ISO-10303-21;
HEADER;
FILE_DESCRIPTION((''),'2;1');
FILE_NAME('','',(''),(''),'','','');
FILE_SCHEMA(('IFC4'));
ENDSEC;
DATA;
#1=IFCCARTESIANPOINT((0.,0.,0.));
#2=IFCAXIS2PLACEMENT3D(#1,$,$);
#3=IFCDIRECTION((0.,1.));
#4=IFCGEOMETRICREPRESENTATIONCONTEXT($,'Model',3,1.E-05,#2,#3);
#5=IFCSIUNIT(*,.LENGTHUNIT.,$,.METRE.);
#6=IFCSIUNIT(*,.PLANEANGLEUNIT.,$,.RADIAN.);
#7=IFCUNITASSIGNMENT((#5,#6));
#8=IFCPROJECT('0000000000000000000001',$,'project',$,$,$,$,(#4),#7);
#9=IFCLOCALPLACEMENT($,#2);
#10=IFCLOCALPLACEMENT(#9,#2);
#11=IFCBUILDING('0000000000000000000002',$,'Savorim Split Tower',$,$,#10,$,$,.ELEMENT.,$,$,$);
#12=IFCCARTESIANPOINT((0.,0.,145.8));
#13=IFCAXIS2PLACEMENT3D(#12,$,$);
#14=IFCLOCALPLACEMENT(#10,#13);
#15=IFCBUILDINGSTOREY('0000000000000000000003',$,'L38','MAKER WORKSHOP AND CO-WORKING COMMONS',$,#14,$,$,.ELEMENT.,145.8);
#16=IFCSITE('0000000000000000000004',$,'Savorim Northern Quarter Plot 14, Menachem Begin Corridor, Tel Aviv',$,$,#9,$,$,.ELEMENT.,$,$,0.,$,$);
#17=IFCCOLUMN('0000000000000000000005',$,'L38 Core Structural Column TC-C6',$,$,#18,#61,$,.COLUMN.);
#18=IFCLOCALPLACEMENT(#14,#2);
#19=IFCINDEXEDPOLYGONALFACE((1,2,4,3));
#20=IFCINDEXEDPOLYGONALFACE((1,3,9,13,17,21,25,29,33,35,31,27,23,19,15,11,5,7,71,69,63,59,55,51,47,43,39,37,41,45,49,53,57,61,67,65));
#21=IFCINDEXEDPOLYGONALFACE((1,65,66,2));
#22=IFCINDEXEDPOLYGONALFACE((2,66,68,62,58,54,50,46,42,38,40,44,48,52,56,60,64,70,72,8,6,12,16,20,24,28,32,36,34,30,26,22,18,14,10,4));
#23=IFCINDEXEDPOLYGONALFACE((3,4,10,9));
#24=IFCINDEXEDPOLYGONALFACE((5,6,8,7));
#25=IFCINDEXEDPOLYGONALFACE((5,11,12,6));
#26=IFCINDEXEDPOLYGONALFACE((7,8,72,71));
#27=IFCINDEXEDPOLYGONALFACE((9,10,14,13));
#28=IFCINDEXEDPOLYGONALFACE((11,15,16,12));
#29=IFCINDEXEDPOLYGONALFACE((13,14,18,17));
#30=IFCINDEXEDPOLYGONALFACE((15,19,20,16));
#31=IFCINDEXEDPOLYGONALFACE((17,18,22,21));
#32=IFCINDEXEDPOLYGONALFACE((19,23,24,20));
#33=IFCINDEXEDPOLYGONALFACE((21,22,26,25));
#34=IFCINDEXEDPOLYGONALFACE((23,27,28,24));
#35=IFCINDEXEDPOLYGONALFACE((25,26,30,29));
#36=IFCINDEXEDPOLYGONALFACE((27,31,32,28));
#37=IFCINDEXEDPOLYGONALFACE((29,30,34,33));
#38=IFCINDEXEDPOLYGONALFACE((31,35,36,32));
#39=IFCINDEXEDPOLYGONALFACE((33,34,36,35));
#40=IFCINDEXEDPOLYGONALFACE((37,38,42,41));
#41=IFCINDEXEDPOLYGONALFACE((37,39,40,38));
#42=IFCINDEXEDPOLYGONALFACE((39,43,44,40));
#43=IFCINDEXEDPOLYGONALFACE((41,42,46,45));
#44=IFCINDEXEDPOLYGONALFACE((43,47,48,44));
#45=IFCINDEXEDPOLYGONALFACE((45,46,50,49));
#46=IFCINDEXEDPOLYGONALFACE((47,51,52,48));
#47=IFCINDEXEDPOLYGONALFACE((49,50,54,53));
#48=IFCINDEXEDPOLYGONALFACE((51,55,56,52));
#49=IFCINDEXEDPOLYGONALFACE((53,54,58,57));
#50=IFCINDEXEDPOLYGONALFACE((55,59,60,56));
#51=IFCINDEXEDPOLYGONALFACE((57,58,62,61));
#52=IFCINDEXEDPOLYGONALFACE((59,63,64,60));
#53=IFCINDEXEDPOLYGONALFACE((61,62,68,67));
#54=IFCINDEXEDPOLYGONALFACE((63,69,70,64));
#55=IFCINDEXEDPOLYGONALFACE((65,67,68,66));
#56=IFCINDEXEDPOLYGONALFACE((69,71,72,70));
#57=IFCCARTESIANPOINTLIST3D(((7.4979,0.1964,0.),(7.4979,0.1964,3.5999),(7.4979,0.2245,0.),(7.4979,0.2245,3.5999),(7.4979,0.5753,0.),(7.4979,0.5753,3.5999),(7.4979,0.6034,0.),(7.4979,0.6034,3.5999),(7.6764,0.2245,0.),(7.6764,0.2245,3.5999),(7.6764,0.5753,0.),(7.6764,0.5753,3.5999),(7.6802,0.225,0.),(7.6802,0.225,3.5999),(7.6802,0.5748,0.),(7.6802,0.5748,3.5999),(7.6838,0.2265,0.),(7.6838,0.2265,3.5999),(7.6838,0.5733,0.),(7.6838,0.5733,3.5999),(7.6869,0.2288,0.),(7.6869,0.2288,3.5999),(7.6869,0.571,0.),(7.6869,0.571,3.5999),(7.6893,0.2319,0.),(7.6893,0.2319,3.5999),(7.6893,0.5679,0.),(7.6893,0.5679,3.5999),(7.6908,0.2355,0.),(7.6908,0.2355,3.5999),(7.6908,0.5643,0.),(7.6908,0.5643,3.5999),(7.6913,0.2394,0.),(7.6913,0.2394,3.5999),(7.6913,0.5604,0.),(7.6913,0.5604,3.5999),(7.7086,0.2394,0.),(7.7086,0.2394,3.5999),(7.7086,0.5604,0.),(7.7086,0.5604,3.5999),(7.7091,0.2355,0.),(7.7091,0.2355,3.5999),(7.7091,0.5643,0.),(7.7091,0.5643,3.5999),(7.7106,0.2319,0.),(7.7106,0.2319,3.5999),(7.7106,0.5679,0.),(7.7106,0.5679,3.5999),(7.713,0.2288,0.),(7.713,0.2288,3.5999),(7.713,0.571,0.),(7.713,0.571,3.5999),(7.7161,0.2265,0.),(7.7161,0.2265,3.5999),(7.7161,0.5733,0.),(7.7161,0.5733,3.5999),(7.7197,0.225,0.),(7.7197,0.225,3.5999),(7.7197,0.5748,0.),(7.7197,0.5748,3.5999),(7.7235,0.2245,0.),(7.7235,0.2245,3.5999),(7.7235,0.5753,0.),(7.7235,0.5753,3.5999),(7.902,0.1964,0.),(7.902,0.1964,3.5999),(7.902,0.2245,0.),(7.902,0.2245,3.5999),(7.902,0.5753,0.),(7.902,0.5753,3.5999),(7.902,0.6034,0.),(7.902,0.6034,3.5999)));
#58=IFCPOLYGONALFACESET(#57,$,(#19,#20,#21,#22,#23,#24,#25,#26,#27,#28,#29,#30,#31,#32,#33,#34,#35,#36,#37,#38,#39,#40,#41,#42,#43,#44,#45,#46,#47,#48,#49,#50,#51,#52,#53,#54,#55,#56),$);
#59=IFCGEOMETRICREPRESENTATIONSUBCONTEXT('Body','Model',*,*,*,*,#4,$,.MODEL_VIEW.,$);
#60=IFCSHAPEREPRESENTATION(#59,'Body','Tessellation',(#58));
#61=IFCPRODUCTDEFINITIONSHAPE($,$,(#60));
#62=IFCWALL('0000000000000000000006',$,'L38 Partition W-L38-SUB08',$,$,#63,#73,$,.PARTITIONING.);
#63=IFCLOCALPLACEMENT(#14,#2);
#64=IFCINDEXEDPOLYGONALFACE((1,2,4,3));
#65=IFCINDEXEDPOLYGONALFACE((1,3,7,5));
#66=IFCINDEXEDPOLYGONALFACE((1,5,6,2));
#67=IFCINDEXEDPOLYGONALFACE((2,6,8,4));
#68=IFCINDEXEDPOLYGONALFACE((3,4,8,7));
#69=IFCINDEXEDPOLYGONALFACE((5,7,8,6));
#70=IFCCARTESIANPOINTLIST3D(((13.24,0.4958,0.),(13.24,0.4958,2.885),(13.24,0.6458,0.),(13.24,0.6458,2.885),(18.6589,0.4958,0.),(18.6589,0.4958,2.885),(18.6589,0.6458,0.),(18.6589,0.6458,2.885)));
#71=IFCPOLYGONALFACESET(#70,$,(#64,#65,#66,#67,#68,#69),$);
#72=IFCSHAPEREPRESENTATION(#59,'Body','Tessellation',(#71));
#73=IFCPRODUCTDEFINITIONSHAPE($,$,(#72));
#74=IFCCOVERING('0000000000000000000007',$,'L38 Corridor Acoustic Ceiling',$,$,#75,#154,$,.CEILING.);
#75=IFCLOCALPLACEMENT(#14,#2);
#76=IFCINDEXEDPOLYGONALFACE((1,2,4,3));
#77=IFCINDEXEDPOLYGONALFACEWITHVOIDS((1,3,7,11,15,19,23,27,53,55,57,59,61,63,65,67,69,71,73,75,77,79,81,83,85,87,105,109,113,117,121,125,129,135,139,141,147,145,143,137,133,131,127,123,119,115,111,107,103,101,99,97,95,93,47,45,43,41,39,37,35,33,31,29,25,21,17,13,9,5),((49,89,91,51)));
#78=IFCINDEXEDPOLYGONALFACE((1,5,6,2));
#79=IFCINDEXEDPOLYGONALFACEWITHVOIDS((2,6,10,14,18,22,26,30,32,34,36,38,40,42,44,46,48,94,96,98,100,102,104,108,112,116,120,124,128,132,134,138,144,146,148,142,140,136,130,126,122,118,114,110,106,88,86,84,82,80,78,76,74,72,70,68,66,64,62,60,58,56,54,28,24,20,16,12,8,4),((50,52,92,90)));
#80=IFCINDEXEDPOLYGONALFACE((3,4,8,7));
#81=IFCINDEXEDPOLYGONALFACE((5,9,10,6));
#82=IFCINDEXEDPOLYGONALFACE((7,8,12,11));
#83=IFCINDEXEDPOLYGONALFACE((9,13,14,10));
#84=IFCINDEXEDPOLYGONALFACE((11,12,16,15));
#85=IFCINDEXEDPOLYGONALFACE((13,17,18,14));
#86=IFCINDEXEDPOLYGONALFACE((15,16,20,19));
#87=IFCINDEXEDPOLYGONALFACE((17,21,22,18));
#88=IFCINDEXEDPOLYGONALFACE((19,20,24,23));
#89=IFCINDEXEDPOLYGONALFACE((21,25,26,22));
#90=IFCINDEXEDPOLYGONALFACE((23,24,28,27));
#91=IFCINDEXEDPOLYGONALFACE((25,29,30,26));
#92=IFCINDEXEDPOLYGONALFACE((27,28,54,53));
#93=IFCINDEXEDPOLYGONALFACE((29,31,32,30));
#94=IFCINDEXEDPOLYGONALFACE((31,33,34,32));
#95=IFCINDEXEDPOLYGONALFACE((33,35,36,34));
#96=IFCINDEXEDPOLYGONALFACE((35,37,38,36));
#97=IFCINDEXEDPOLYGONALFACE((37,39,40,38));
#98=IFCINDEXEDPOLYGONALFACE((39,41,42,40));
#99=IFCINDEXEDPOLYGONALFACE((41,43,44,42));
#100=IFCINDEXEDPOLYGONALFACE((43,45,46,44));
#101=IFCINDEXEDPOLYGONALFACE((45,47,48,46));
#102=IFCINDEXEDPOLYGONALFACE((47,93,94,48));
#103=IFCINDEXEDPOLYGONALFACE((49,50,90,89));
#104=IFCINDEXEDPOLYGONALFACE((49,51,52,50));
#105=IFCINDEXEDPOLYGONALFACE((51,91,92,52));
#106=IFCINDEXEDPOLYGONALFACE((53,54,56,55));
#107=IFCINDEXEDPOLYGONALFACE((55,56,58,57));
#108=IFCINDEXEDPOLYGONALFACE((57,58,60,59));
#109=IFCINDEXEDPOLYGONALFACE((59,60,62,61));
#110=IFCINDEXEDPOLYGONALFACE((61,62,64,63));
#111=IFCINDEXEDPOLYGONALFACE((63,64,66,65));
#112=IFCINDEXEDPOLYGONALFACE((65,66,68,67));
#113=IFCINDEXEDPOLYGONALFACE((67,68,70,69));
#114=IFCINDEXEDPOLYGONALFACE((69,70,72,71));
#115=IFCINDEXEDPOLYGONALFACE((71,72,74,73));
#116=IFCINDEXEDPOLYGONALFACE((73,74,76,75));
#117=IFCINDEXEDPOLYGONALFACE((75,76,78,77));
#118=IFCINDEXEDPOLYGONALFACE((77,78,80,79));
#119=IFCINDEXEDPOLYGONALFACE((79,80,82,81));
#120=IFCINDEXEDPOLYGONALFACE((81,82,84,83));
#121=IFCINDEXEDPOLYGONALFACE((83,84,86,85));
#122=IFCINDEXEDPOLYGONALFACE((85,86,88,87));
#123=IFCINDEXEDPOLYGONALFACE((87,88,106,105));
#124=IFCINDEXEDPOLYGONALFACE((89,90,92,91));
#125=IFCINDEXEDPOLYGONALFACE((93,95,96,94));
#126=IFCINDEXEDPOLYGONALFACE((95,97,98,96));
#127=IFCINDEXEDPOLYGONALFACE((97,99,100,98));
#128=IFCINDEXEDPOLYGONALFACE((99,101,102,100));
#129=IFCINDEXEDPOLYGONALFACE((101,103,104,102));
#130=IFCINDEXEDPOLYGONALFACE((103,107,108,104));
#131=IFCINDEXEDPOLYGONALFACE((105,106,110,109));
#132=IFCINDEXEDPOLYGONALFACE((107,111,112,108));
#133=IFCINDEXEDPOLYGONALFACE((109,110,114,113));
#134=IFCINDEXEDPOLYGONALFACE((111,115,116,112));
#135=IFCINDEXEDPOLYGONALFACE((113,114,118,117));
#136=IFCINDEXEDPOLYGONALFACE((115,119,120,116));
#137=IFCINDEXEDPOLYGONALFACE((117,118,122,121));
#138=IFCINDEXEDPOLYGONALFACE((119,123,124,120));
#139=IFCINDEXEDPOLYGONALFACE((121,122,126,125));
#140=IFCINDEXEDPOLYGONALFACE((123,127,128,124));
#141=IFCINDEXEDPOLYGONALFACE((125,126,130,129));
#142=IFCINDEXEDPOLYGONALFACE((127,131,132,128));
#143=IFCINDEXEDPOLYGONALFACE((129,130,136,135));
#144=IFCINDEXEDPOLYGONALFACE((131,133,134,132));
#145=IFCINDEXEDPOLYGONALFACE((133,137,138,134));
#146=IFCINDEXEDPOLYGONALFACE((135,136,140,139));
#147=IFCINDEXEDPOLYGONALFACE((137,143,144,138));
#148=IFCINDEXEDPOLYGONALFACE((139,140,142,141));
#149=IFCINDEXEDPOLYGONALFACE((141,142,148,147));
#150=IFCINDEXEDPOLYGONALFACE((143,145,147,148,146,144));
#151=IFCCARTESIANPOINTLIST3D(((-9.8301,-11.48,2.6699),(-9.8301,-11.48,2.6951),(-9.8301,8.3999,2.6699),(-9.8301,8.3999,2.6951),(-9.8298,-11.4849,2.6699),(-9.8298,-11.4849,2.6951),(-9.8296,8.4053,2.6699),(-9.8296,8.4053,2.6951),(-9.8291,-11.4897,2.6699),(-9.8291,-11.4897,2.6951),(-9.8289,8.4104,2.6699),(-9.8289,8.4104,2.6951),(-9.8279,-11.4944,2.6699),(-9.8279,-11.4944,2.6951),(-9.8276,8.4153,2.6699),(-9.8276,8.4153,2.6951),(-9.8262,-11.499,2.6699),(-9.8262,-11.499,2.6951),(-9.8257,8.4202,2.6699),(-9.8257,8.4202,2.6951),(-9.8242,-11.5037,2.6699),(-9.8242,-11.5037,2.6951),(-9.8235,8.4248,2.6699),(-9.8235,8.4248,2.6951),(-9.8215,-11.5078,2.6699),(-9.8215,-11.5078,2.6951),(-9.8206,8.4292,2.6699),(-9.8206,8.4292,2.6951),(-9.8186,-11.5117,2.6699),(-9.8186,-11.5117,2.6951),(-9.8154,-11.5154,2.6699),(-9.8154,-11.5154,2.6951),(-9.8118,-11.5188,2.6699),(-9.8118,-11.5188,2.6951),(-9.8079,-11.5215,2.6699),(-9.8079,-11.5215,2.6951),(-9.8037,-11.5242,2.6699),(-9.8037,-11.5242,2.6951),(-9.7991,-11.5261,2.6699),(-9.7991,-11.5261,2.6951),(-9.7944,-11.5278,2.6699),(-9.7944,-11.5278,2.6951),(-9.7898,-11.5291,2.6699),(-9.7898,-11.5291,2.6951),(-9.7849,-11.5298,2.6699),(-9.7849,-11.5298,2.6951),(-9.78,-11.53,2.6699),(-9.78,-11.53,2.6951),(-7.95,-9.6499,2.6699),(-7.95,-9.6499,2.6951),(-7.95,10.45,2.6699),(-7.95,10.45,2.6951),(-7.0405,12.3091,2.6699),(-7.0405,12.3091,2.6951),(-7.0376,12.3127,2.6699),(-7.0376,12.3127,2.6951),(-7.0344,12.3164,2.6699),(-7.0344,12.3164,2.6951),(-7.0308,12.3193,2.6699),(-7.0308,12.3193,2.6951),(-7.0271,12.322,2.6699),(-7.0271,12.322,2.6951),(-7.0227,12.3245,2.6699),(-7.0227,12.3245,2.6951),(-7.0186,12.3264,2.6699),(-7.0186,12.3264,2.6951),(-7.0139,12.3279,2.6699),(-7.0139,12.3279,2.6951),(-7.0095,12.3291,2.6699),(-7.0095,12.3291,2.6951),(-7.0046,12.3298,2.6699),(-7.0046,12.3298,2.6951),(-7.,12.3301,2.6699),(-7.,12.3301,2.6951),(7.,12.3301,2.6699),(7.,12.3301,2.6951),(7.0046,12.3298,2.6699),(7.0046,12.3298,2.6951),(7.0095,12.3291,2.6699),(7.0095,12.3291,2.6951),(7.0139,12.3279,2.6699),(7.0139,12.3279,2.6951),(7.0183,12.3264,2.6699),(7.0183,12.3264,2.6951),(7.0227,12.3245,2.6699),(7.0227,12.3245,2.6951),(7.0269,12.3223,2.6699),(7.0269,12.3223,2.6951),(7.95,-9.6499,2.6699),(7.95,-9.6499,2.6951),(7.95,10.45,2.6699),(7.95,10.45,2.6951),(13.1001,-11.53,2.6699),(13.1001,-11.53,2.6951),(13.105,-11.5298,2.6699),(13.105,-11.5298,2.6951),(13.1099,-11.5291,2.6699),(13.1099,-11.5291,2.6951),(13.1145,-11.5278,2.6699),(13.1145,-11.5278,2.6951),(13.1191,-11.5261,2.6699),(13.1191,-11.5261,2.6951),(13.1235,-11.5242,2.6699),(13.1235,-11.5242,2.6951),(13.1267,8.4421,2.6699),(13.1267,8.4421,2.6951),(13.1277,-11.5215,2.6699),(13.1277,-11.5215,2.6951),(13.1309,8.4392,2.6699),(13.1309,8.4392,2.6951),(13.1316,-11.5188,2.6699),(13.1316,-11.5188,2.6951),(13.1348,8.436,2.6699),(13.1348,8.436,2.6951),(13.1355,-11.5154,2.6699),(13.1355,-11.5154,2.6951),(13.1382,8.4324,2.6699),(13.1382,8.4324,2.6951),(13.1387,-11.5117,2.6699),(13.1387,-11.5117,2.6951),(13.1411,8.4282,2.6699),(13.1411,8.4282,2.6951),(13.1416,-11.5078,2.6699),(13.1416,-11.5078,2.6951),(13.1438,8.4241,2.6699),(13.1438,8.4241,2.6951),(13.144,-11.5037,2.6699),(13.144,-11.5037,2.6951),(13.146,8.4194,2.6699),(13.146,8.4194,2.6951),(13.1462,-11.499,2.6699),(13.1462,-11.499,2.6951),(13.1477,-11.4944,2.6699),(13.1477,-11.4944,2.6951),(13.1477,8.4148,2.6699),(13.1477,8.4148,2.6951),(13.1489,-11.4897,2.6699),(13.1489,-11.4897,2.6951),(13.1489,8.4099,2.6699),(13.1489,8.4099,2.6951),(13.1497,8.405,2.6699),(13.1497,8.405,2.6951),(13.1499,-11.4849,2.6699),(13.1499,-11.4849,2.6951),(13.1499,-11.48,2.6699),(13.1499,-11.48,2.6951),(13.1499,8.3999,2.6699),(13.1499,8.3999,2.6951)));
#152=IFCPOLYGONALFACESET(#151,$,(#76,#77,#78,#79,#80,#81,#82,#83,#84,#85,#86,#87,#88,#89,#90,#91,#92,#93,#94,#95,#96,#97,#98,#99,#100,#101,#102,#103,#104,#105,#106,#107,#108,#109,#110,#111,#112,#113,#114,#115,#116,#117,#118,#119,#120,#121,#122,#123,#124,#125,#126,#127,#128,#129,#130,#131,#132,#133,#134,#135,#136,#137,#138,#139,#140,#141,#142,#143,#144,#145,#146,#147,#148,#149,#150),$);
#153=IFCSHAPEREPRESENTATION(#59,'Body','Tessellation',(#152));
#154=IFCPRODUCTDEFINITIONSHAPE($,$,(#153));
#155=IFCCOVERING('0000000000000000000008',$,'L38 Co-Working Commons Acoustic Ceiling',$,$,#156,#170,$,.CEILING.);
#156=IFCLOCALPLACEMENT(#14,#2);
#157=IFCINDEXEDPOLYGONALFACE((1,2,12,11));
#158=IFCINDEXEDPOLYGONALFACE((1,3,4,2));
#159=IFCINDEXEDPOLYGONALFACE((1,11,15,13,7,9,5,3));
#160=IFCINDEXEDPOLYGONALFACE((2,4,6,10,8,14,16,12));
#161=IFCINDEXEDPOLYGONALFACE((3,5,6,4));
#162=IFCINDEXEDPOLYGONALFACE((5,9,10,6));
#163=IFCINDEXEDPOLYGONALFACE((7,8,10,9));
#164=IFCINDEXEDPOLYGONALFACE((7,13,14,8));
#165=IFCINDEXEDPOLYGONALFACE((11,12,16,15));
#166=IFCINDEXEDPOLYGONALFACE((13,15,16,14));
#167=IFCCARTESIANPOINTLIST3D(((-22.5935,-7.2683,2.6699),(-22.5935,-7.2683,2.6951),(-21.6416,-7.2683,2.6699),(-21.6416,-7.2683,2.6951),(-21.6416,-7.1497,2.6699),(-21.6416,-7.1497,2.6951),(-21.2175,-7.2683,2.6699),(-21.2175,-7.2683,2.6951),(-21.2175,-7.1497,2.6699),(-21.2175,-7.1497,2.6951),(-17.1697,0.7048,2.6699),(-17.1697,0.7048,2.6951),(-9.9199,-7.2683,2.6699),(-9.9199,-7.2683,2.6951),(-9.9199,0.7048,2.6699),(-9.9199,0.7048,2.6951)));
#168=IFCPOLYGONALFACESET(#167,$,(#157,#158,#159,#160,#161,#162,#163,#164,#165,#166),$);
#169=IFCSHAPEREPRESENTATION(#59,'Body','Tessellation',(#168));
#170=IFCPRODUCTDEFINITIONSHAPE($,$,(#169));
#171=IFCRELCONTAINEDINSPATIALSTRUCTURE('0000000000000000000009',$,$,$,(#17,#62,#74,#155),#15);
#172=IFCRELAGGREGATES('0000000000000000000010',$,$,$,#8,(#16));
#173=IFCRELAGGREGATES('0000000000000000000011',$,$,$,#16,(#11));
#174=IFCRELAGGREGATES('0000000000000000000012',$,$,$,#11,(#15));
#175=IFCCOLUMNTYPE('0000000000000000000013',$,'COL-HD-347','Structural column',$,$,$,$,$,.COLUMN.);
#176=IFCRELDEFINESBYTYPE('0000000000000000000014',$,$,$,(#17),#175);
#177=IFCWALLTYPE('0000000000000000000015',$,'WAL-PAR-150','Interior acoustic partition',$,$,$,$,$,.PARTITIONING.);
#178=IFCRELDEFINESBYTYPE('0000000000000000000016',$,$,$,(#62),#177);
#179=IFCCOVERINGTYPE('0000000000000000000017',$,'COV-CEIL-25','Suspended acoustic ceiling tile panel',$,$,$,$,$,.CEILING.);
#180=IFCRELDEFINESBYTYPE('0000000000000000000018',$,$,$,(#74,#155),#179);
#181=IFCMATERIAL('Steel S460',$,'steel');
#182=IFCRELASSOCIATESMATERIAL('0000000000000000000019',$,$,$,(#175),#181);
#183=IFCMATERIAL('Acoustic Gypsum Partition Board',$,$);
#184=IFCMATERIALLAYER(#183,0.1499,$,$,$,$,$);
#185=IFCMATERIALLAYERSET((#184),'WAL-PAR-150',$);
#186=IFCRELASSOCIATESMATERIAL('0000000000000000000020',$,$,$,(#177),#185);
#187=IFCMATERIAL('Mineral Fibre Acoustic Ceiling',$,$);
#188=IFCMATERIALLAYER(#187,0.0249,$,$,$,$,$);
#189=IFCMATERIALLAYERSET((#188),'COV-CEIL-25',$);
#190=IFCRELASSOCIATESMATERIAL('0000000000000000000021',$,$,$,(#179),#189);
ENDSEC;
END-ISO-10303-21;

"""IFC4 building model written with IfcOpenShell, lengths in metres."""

from ifc_helpers import new_model, si_unit, direction, frame, frame_2d, origin, origin_2d, place, context, subcontext, project, spatial, polyline, rectangle, i_section, outline, extrude, material, layer, layer_set, material_profile, profile_set, type_object, element, save


model = new_model("IFC4")

# Units and contexts
model_context = context("Model", 3, precision=1e-05, world=origin(), true_north=direction((0.0, 1.0)))
body_context = subcontext(model_context, "Body", "Model", "MODEL_VIEW")
ifc_project = project(units=[si_unit("LENGTHUNIT", "METRE"), si_unit("PLANEANGLEUNIT", "RADIAN")], contexts=[model_context])

# Site, building, storey
site_placement = place(None, origin())
site = spatial("IfcSite", under=ifc_project, at=site_placement, Name="Savorim Northern Quarter Plot 14, Menachem Begin Corridor, Tel Aviv", CompositionType="ELEMENT", RefElevation=0.0)
building_placement = place(site_placement, origin())
building = spatial("IfcBuilding", under=site, at=building_placement, Name="Savorim Split Tower", CompositionType="ELEMENT")
storey_placement = place(building_placement, frame((0.0, 0.0, 145.8)))
storey = spatial("IfcBuildingStorey", under=building, at=storey_placement, Name="L38", Description="MAKER WORKSHOP AND CO-WORKING COMMONS", CompositionType="ELEMENT", Elevation=145.8)

# Column
ifc_material_1 = material(Name="Steel S460", Category="steel")
ifc_material_profile = material_profile(ifc_material_1, i_section(OverallWidth=0.4041, OverallDepth=0.407, WebThickness=0.0173, FlangeThickness=0.0281, FilletRadius=0.0149, at=origin_2d()), Name="HD 400x347")
ifc_profile_set = profile_set([ifc_material_profile], Name="Steel S460")
column_type = type_object("IfcColumnType", Name="COL-HD-347", Description="Structural column", PredefinedType="COLUMN", material=ifc_profile_set)
column_placement = place(storey_placement, frame((7.7, 0.3999, 0.0), z_axis=(0.0, 0.0, 1.0), x_axis=(1.0, 0.0, 0.0)))
element("IfcColumn", 1, at=column_placement, inside=storey, type_object=column_type, Name="L38 Core Structural Column TC-C6", PredefinedType="COLUMN", context=body_context, shape_type="SweptSolid", body=[
    extrude(i_section(OverallWidth=0.4041, OverallDepth=0.407, WebThickness=0.0173, FlangeThickness=0.0281, FilletRadius=0.0149, at=origin_2d()), origin(), (0.0, 0.0, 1.0), 3.5999),
])

# Wall
ifc_material_2 = material(Name="Acoustic Gypsum Partition Board")
ifc_layer_1 = layer(ifc_material_2, 0.1499)
ifc_layer_set_1 = layer_set([ifc_layer_1], Name="WAL-PAR-150")
wall_type = type_object("IfcWallType", Name="WAL-PAR-150", Description="Interior acoustic partition", PredefinedType="PARTITIONING", material=ifc_layer_set_1)
wall_placement = place(storey_placement, frame((13.24, 0.5708, 0.0), z_axis=(0.0, 0.0, 1.0), x_axis=(1.0, 0.0, 0.0)))
element("IfcWall", 2, at=wall_placement, inside=storey, type_object=wall_type, Name="L38 Partition W-L38-SUB08", PredefinedType="PARTITIONING", context=body_context, shape_type="SweptSolid", body=[
    extrude(rectangle(XDim=5.4189, YDim=0.1499, at=frame_2d((2.7095, 0.0))), origin(), (0.0, 0.0, 1.0), 2.885),
])

# Coverings
ifc_material_3 = material(Name="Mineral Fibre Acoustic Ceiling")
ifc_layer_2 = layer(ifc_material_3, 0.0249)
ifc_layer_set_2 = layer_set([ifc_layer_2], Name="COV-CEIL-25")
covering_type_1 = type_object("IfcCoveringType", Name="COV-CEIL-25", Description="Suspended acoustic ceiling tile panel", PredefinedType="CEILING", material=ifc_layer_set_2)
covering_1_placement = place(storey_placement, frame((0.0, 0.0, 2.6699)))
element("IfcCovering", 3, at=covering_1_placement, inside=storey, type_object=covering_type_1, Name="L38 Corridor Acoustic Ceiling", PredefinedType="CEILING", context=body_context, shape_type="SweptSolid", body=[
    extrude(outline(polyline([(7.0095, 12.3291), (7.0046, 12.3298), (7.0, 12.3301), (-7.0, 12.3301), (-7.0046, 12.3298), (-7.0095, 12.3291), (-7.0139, 12.3279), (-7.0186, 12.3264), (-7.0227, 12.3245), (-7.0271, 12.322), (-7.0308, 12.3193), (-7.0344, 12.3164), (-7.0376, 12.3127), (-7.0405, 12.3091), (-9.8206, 8.4292), (-9.8235, 8.4248), (-9.8257, 8.4202), (-9.8276, 8.4153), (-9.8289, 8.4104), (-9.8296, 8.4053), (-9.8301, 8.3999), (-9.8301, -11.48), (-9.8298, -11.4849), (-9.8291, -11.4897), (-9.8279, -11.4944), (-9.8262, -11.499), (-9.8242, -11.5037), (-9.8215, -11.5078), (-9.8186, -11.5117), (-9.8154, -11.5154), (-9.8118, -11.5188), (-9.8079, -11.5215), (-9.8037, -11.5242), (-9.7991, -11.5261), (-9.7944, -11.5278), (-9.7898, -11.5291), (-9.7849, -11.5298), (-9.78, -11.53), (13.1001, -11.53), (13.105, -11.5298), (13.1099, -11.5291), (13.1145, -11.5278), (13.1191, -11.5261), (13.1235, -11.5242), (13.1277, -11.5215), (13.1316, -11.5188), (13.1355, -11.5154), (13.1387, -11.5117), (13.1416, -11.5078), (13.144, -11.5037), (13.1462, -11.499), (13.1477, -11.4944), (13.1489, -11.4897), (13.1499, -11.4849), (13.1499, -11.48), (13.1499, 8.3999), (13.1497, 8.405), (13.1489, 8.4099), (13.1477, 8.4148), (13.146, 8.4194), (13.1438, 8.4241), (13.1411, 8.4282), (13.1382, 8.4324), (13.1348, 8.436), (13.1309, 8.4392), (13.1267, 8.4421), (7.0269, 12.3223), (7.0227, 12.3245), (7.0183, 12.3264), (7.0139, 12.3279), (7.0095, 12.3291)]), holes=[polyline([(-7.95, 10.45), (-7.95, -9.6499), (7.95, -9.6499), (7.95, 10.45), (-7.95, 10.45)])]), origin(), (0.0, 0.0, 1.0), 0.0251),
])
covering_2_placement = place(storey_placement, frame((0.0, 0.0, 2.6699)))
element("IfcCovering", 4, at=covering_2_placement, inside=storey, type_object=covering_type_1, Name="L38 Co-Working Commons Acoustic Ceiling", PredefinedType="CEILING", context=body_context, shape_type="SweptSolid", body=[
    extrude(outline(polyline([(-21.2175, -7.1497), (-21.2175, -7.2683), (-9.9199, -7.2683), (-9.9199, 0.7048), (-17.1697, 0.7048), (-22.5935, -7.2683), (-21.6416, -7.2683), (-21.6416, -7.1497), (-21.2175, -7.1497)])), origin(), (0.0, 0.0, 1.0), 0.0251),
])

save(model, "model.ifc")
